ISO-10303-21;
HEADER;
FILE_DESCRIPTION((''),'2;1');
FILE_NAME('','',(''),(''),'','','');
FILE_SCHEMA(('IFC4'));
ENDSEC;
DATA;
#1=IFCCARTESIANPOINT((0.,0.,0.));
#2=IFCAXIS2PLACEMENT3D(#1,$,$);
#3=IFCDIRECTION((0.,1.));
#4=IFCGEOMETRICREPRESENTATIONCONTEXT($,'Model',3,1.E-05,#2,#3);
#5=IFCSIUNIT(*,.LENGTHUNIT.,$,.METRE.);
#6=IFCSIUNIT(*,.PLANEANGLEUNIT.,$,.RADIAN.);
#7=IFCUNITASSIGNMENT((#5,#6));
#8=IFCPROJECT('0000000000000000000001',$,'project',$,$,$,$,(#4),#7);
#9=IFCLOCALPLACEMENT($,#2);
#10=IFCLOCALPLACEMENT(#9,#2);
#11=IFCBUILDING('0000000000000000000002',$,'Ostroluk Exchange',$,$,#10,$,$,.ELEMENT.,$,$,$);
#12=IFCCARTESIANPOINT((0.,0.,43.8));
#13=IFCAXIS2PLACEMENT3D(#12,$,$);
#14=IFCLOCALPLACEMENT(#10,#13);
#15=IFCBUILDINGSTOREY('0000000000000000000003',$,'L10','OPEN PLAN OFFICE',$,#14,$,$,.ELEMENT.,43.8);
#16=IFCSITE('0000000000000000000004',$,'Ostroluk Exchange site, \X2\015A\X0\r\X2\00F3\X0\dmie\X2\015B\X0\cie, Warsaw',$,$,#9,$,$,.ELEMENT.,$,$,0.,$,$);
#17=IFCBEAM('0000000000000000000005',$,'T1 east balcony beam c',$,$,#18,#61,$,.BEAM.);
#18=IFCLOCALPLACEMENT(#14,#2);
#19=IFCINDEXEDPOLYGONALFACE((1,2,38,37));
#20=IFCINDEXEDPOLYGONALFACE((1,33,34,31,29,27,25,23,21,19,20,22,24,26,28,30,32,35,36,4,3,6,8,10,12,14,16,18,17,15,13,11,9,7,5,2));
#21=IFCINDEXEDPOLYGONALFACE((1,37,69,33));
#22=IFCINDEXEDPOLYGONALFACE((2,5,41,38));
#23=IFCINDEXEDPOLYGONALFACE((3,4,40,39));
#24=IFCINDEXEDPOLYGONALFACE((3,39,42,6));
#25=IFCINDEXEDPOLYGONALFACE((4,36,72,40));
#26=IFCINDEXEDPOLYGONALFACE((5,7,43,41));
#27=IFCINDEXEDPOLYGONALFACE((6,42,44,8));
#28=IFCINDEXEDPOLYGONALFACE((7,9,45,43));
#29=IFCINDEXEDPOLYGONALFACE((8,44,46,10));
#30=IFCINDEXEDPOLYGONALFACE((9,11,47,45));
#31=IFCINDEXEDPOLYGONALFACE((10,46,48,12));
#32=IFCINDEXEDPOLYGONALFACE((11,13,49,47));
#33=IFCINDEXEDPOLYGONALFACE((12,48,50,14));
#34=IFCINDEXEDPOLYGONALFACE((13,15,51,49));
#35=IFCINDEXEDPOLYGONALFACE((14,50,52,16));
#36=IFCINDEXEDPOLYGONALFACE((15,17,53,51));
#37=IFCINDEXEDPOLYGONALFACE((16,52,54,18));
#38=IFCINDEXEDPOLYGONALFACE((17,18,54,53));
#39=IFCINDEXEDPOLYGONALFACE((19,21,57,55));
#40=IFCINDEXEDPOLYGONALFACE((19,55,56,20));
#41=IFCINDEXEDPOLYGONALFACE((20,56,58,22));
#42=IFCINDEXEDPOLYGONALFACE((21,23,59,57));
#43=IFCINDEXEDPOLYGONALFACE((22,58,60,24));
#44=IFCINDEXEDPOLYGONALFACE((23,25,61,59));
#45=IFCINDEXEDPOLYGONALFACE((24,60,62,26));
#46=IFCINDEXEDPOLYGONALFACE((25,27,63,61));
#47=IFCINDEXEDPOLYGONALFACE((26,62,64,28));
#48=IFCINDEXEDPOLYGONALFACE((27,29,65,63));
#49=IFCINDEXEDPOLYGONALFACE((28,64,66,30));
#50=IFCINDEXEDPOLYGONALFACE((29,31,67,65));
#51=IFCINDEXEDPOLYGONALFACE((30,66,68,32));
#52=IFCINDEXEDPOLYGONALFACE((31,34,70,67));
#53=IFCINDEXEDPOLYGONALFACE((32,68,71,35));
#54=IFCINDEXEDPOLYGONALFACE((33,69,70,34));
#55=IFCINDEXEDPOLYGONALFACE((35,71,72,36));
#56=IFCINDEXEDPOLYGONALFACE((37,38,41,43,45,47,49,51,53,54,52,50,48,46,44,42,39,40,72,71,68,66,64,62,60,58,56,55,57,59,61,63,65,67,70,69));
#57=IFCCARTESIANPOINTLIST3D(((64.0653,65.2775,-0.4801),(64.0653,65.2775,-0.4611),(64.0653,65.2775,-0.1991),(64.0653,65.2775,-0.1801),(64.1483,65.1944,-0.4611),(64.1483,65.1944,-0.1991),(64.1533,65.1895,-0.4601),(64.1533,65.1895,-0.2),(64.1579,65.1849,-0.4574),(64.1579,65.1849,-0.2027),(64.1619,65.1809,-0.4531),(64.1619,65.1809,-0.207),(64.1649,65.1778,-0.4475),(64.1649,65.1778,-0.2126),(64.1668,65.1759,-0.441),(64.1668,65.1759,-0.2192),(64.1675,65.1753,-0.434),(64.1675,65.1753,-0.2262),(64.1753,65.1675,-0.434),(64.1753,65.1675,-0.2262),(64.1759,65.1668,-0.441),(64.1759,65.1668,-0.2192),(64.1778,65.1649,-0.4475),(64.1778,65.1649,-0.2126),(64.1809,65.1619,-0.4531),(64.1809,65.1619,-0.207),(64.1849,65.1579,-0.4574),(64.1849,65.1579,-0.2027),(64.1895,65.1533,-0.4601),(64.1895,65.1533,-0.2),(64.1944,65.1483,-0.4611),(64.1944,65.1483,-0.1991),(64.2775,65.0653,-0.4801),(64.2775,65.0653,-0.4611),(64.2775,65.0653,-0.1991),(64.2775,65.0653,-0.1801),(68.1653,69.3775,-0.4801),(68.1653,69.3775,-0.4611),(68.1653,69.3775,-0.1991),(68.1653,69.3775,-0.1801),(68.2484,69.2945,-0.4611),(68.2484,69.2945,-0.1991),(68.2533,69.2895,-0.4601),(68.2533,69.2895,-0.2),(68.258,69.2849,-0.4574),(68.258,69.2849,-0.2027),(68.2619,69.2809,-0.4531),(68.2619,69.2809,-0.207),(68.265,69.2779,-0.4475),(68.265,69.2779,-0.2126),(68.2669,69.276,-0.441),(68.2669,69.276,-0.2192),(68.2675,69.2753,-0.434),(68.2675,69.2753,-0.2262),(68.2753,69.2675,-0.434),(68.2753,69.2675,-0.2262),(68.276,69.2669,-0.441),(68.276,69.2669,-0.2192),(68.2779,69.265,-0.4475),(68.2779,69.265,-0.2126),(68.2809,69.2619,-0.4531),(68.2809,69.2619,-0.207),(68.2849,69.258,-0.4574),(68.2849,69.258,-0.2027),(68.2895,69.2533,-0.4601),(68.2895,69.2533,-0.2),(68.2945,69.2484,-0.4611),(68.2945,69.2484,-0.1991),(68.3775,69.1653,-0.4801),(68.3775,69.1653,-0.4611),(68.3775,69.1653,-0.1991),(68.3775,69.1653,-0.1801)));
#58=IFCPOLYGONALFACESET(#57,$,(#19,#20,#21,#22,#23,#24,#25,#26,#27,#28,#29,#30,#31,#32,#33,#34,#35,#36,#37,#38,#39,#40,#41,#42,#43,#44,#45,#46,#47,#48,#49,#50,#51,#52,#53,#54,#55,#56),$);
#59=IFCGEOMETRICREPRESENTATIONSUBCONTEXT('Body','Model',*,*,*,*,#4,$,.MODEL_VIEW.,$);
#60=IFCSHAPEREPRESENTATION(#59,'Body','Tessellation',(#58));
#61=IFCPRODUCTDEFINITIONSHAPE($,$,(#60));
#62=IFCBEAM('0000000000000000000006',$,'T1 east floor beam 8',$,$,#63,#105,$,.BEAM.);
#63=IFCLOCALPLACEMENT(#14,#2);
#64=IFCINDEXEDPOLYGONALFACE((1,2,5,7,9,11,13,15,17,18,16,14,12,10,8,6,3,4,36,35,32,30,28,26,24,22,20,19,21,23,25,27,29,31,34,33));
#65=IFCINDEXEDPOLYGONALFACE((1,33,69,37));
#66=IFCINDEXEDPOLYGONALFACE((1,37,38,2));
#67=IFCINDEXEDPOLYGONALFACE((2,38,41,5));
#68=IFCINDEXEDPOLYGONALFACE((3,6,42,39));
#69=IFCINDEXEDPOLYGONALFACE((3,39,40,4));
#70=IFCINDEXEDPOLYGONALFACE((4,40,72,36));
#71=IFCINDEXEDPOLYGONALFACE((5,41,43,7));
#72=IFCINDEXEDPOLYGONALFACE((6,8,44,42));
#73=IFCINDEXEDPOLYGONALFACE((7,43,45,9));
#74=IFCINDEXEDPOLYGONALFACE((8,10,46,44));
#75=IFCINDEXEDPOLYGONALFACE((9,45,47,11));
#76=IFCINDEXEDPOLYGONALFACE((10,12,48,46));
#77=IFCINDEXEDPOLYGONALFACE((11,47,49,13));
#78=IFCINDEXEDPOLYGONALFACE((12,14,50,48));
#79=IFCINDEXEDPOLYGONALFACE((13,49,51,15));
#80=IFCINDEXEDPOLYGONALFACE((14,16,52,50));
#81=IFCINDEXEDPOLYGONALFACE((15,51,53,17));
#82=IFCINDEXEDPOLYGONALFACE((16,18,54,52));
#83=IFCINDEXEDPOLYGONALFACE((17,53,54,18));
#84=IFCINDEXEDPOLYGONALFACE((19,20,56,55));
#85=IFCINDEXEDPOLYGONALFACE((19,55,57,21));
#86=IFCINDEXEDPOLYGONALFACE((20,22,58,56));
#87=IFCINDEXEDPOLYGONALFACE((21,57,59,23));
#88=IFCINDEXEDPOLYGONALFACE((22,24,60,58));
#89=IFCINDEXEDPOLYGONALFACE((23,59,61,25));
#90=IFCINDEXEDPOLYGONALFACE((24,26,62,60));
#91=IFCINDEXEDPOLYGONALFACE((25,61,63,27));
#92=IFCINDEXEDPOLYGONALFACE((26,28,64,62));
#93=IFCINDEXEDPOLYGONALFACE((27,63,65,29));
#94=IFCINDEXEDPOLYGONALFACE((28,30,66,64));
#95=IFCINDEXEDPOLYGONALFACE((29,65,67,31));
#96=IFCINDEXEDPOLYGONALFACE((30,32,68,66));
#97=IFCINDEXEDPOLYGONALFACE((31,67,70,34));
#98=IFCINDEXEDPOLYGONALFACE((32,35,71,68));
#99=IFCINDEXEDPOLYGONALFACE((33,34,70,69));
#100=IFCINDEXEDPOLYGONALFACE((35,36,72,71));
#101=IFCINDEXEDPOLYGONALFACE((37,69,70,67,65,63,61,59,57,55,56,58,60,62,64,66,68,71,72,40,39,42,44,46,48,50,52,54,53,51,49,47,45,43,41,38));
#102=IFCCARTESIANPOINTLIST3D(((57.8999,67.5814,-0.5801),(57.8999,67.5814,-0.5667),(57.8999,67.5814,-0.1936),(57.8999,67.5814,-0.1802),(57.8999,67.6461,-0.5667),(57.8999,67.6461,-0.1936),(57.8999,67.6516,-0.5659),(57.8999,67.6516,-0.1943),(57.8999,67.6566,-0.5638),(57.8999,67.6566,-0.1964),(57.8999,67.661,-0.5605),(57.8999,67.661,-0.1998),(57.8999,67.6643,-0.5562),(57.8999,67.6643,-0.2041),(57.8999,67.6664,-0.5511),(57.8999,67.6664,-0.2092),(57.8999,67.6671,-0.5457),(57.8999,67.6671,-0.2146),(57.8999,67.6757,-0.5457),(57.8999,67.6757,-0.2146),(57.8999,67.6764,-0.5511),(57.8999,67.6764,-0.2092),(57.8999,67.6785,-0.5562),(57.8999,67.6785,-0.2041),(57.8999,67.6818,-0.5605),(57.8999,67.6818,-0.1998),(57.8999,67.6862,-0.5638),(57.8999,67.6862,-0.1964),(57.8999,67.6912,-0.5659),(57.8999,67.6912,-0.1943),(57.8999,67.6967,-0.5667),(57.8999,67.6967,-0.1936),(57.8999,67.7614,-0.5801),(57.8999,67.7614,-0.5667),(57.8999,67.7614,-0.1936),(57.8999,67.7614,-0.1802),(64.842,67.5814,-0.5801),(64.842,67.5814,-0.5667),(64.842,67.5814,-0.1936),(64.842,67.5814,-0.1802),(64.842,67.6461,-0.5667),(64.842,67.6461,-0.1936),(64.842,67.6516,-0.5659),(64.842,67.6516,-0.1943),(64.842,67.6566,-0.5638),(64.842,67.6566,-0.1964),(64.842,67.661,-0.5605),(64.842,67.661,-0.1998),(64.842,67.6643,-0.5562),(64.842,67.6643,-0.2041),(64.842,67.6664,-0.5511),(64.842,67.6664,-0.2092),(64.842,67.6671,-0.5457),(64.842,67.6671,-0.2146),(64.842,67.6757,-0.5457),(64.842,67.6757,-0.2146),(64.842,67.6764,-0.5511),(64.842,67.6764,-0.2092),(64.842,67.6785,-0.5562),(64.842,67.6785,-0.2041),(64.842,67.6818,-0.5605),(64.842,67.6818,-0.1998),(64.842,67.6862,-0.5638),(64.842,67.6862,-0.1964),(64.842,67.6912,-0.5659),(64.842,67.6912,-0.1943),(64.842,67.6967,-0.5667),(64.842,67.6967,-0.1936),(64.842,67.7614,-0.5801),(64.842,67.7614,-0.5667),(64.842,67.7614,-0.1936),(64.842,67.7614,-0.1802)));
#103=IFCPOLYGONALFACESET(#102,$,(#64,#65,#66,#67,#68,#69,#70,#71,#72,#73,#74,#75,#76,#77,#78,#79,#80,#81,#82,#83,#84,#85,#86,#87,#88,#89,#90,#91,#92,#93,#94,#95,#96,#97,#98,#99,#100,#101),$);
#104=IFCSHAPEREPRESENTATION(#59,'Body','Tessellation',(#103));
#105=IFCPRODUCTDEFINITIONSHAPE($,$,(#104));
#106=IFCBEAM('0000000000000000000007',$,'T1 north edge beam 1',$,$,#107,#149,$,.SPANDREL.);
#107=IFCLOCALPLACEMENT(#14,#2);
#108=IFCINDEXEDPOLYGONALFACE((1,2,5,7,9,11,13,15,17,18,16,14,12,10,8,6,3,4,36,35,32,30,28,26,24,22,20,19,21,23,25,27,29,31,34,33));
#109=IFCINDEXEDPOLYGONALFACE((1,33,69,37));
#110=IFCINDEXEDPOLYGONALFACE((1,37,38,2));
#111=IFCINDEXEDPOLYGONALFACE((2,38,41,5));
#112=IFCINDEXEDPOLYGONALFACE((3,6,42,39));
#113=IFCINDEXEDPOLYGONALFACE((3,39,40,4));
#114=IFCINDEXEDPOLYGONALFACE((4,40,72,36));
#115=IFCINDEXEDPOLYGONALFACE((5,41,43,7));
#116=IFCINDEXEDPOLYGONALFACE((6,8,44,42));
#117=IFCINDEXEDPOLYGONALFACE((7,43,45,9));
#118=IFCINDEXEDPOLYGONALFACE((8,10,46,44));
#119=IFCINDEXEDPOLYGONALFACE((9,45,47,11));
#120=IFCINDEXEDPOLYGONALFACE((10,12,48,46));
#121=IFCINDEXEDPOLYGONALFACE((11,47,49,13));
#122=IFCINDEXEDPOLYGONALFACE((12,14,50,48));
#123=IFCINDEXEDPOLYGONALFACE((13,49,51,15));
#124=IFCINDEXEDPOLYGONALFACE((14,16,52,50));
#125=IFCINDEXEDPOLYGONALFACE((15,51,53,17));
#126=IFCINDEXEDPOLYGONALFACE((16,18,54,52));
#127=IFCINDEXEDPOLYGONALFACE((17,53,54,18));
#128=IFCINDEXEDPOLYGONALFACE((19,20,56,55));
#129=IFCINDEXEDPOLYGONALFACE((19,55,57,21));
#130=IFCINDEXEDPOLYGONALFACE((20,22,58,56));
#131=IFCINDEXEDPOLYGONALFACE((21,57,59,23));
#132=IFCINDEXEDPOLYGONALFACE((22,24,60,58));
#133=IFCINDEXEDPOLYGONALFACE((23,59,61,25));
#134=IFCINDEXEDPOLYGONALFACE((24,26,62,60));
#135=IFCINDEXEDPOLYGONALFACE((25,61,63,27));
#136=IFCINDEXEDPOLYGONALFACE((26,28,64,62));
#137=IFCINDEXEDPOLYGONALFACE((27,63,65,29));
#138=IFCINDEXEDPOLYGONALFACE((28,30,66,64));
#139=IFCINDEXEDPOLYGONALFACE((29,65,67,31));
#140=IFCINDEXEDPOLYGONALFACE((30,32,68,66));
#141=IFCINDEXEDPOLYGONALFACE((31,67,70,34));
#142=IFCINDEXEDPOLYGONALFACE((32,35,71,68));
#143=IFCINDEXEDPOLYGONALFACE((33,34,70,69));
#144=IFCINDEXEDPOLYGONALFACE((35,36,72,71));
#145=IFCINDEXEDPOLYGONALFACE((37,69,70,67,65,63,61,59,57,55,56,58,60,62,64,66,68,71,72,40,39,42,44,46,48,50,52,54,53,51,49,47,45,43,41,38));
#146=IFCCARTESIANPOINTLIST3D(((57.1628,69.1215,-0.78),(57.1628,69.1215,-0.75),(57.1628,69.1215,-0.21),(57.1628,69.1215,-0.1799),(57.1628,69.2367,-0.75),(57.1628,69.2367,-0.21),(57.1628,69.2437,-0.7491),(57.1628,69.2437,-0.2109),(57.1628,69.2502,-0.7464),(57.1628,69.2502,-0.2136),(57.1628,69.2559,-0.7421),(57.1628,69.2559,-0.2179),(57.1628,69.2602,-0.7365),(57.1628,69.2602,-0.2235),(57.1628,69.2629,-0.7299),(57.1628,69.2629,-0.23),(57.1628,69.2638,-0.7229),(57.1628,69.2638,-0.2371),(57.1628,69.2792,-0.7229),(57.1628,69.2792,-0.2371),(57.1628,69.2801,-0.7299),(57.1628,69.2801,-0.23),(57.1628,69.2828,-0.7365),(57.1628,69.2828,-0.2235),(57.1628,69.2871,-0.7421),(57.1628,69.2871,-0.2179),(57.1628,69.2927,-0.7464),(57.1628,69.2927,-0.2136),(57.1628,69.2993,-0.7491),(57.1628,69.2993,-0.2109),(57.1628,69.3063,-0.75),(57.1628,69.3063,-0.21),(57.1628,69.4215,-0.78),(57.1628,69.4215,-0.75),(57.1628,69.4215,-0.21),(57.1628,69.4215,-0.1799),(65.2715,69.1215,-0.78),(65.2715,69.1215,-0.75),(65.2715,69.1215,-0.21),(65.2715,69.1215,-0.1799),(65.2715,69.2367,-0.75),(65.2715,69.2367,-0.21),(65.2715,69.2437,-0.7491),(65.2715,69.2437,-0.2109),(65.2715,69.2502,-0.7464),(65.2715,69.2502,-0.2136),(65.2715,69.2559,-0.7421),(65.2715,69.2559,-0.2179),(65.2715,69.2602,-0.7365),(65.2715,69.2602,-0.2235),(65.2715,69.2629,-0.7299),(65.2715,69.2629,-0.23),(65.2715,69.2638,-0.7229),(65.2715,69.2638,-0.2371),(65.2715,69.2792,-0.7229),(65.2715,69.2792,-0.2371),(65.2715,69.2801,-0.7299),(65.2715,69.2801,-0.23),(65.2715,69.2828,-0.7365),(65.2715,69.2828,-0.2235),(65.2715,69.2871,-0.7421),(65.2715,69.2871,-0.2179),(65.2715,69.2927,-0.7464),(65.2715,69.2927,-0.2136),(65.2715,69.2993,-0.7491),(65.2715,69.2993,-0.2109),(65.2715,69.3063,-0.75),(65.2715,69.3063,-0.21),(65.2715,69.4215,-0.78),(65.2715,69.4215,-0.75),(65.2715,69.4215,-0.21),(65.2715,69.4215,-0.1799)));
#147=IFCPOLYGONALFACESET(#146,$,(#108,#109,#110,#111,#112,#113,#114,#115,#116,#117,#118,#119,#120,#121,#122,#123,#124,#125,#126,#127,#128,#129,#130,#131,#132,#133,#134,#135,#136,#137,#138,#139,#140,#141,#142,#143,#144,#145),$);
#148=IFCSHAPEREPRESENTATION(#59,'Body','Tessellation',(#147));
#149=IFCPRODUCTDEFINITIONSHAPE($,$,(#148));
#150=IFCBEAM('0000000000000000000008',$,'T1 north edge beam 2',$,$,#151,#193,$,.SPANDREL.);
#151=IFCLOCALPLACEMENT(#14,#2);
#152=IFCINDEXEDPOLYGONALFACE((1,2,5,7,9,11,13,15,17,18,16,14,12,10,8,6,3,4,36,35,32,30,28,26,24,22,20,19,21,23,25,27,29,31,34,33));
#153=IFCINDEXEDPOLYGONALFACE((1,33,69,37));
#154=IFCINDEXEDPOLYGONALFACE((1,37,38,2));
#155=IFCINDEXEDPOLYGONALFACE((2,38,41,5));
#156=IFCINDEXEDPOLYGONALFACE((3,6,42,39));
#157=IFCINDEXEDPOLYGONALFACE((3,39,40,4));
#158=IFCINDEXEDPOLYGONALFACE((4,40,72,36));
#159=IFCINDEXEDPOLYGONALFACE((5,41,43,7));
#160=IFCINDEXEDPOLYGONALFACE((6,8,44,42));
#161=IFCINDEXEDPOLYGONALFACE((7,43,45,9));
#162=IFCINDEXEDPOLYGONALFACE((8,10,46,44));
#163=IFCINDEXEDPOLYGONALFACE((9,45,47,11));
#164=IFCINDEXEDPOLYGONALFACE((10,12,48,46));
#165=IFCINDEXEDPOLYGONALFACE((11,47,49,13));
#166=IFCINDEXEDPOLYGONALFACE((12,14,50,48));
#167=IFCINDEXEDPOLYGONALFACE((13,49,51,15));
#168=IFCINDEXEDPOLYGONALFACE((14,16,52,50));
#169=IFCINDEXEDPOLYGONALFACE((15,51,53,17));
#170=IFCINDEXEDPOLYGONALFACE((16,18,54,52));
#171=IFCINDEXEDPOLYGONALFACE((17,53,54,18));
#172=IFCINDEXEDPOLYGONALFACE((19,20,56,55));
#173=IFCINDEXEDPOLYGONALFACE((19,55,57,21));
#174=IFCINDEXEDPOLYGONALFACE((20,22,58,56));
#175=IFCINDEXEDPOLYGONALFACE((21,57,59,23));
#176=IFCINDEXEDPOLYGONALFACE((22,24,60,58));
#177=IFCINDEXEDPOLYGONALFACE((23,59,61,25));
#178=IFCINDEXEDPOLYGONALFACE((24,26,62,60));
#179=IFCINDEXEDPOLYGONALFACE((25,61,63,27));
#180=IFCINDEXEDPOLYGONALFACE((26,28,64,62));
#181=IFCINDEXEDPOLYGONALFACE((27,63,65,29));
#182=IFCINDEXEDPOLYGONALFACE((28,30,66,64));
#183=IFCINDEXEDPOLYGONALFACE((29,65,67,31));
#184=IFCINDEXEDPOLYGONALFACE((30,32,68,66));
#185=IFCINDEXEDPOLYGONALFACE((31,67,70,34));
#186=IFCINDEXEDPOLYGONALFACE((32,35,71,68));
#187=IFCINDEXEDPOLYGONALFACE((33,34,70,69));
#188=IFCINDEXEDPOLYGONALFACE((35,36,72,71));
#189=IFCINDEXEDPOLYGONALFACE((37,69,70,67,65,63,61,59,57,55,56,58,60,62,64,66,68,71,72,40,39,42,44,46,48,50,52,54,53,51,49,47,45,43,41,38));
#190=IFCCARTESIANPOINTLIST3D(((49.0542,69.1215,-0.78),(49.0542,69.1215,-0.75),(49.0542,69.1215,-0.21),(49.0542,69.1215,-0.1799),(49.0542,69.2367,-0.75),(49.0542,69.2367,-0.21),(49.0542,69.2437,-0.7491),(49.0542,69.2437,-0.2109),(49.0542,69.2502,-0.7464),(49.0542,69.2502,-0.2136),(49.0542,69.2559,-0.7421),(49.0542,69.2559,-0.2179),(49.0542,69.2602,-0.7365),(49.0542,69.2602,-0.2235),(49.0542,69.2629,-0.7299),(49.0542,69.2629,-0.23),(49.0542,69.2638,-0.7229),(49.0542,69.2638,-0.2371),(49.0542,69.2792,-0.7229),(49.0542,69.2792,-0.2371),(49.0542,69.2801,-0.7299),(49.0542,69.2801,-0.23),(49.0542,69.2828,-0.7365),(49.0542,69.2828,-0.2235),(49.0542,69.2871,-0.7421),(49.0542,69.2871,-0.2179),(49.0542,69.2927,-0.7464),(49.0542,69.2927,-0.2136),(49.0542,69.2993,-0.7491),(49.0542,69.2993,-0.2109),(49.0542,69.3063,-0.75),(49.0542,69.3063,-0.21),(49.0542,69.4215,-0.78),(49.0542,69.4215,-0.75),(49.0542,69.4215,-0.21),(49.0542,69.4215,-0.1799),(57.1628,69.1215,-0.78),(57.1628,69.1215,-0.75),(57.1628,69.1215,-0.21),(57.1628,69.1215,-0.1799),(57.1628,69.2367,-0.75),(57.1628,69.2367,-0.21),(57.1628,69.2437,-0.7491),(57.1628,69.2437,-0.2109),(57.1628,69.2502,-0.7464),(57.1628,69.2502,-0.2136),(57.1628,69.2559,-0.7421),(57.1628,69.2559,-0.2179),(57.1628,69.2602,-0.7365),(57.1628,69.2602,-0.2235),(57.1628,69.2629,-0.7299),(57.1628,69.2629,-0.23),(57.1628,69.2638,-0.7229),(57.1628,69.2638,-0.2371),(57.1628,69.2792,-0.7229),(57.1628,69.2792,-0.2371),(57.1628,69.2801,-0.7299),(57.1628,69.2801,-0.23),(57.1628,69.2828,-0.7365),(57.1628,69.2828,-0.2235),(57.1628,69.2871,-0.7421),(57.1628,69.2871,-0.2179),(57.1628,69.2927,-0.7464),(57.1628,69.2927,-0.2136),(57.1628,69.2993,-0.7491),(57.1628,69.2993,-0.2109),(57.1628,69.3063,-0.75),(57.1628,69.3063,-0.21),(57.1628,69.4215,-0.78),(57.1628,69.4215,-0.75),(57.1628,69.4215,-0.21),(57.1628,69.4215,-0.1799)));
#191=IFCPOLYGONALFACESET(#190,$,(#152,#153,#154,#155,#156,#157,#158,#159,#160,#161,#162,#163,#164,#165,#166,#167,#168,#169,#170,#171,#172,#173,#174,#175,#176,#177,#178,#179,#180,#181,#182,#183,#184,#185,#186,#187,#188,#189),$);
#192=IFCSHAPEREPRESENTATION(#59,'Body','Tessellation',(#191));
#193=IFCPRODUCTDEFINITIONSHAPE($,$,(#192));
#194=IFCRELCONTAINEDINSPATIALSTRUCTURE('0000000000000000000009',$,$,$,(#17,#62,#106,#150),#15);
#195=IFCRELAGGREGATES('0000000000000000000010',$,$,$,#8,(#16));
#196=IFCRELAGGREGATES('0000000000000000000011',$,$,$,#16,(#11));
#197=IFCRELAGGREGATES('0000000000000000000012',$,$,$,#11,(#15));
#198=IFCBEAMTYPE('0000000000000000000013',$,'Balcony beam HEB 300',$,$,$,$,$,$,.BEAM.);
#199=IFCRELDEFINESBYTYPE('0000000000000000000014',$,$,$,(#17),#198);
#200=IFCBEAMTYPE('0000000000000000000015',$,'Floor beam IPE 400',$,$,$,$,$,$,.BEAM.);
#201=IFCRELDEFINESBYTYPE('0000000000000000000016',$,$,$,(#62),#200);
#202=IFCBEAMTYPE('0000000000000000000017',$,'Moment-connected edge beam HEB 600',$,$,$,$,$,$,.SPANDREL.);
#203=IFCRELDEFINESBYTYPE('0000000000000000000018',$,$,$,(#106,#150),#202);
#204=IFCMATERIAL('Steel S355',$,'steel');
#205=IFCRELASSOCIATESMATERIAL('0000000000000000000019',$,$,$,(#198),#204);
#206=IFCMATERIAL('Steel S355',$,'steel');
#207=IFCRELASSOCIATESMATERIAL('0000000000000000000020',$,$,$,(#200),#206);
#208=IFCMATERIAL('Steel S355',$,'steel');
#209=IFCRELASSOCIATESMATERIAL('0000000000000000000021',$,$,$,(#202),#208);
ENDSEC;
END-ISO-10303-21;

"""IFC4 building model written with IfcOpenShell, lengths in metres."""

from ifc_helpers import new_model, si_unit, direction, frame, origin, origin_2d, place, context, subcontext, project, spatial, i_section, extrude, material, material_profile, profile_set, type_object, element, save


model = new_model("IFC4")

# Units and contexts
model_context = context("Model", 3, precision=1e-05, world=origin(), true_north=direction((0.0, 1.0)))
body_context = subcontext(model_context, "Body", "Model", "MODEL_VIEW")
ifc_project = project(units=[si_unit("LENGTHUNIT", "METRE"), si_unit("PLANEANGLEUNIT", "RADIAN")], contexts=[model_context])

# Site, building, storey
site_placement = place(None, origin())
site = spatial("IfcSite", under=ifc_project, at=site_placement, Name="Ostroluk Exchange site, Śródmieście, Warsaw", CompositionType="ELEMENT", RefElevation=0.0)
building_placement = place(site_placement, origin())
building = spatial("IfcBuilding", under=site, at=building_placement, Name="Ostroluk Exchange", CompositionType="ELEMENT")
storey_placement = place(building_placement, frame((0.0, 0.0, 43.8)))
storey = spatial("IfcBuildingStorey", under=building, at=storey_placement, Name="L10", Description="OPEN PLAN OFFICE", CompositionType="ELEMENT", Elevation=43.8)

# Beams
ifc_material_1 = material(Name="Steel S355", Category="steel")
ifc_material_profile_1 = material_profile(ifc_material_1, i_section(OverallWidth=0.3, OverallDepth=0.3, WebThickness=0.011, FlangeThickness=0.019, FilletRadius=0.0271, at=origin_2d()), Name="HEB 300")
ifc_profile_set_1 = profile_set([ifc_material_profile_1], Name="Steel S355")
beam_type_1 = type_object("IfcBeamType", Name="Balcony beam HEB 300", PredefinedType="BEAM", material=ifc_profile_set_1)
beam_1_placement = place(storey_placement, frame((64.1714, 65.1714, -0.3301), z_axis=(0.707107, 0.707107, 0.0), x_axis=(-0.707107, 0.707107, 0.0)))
element("IfcBeam", 1, at=beam_1_placement, inside=storey, type_object=beam_type_1, Name="T1 east balcony beam c", PredefinedType="BEAM", context=body_context, shape_type="SweptSolid", body=[
    extrude(i_section(OverallWidth=0.3, OverallDepth=0.3, WebThickness=0.011, FlangeThickness=0.019, FilletRadius=0.0271, at=origin_2d()), origin(), (0.0, 0.0, 1.0), 5.7983),
])
ifc_material_2 = material(Name="Steel S355", Category="steel")
ifc_material_profile_2 = material_profile(ifc_material_2, i_section(OverallWidth=0.1799, OverallDepth=0.3999, WebThickness=0.0085, FlangeThickness=0.0134, FilletRadius=0.021, at=origin_2d()), Name="IPE 400")
ifc_profile_set_2 = profile_set([ifc_material_profile_2], Name="Steel S355")
beam_type_2 = type_object("IfcBeamType", Name="Floor beam IPE 400", PredefinedType="BEAM", material=ifc_profile_set_2)
beam_2_placement = place(storey_placement, frame((57.8999, 67.6714, -0.3801), z_axis=(1.0, 0.0, 0.0), x_axis=(0.0, 1.0, 0.0)))
element("IfcBeam", 2, at=beam_2_placement, inside=storey, type_object=beam_type_2, Name="T1 east floor beam 8", PredefinedType="BEAM", context=body_context, shape_type="SweptSolid", body=[
    extrude(i_section(OverallWidth=0.1799, OverallDepth=0.3999, WebThickness=0.0085, FlangeThickness=0.0134, FilletRadius=0.021, at=origin_2d()), origin(), (0.0, 0.0, 1.0), 6.9421),
])
ifc_material_3 = material(Name="Steel S355", Category="steel")
ifc_material_profile_3 = material_profile(ifc_material_3, i_section(OverallWidth=0.3, OverallDepth=0.6001, WebThickness=0.0154, FlangeThickness=0.03, FilletRadius=0.0271, at=origin_2d()), Name="HEB 600")
ifc_profile_set_3 = profile_set([ifc_material_profile_3], Name="Steel S355")
beam_type_3 = type_object("IfcBeamType", Name="Moment-connected edge beam HEB 600", PredefinedType="SPANDREL", material=ifc_profile_set_3)
for number, where, z_axis, x_axis, name in (
    (3, (65.2715, 69.2715, -0.48), (-1.0, 0.0, 0.0), (0.0, -1.0, 0.0), "T1 north edge beam 1"),
    (4, (57.1628, 69.2715, -0.48), (-1.0, 0.0, 0.0), (0.0, -1.0, 0.0), "T1 north edge beam 2"),
):
    element("IfcBeam", number, at=place(storey_placement, frame(where, z_axis=z_axis, x_axis=x_axis)), inside=storey, type_object=beam_type_3, Name=name, PredefinedType="SPANDREL", context=body_context, shape_type="SweptSolid", body=[
        extrude(i_section(OverallWidth=0.3, OverallDepth=0.6001, WebThickness=0.0154, FlangeThickness=0.03, FilletRadius=0.0271, at=origin_2d()), origin(), (0.0, 0.0, 1.0), 8.1086),
    ])

save(model, "model.ifc")
